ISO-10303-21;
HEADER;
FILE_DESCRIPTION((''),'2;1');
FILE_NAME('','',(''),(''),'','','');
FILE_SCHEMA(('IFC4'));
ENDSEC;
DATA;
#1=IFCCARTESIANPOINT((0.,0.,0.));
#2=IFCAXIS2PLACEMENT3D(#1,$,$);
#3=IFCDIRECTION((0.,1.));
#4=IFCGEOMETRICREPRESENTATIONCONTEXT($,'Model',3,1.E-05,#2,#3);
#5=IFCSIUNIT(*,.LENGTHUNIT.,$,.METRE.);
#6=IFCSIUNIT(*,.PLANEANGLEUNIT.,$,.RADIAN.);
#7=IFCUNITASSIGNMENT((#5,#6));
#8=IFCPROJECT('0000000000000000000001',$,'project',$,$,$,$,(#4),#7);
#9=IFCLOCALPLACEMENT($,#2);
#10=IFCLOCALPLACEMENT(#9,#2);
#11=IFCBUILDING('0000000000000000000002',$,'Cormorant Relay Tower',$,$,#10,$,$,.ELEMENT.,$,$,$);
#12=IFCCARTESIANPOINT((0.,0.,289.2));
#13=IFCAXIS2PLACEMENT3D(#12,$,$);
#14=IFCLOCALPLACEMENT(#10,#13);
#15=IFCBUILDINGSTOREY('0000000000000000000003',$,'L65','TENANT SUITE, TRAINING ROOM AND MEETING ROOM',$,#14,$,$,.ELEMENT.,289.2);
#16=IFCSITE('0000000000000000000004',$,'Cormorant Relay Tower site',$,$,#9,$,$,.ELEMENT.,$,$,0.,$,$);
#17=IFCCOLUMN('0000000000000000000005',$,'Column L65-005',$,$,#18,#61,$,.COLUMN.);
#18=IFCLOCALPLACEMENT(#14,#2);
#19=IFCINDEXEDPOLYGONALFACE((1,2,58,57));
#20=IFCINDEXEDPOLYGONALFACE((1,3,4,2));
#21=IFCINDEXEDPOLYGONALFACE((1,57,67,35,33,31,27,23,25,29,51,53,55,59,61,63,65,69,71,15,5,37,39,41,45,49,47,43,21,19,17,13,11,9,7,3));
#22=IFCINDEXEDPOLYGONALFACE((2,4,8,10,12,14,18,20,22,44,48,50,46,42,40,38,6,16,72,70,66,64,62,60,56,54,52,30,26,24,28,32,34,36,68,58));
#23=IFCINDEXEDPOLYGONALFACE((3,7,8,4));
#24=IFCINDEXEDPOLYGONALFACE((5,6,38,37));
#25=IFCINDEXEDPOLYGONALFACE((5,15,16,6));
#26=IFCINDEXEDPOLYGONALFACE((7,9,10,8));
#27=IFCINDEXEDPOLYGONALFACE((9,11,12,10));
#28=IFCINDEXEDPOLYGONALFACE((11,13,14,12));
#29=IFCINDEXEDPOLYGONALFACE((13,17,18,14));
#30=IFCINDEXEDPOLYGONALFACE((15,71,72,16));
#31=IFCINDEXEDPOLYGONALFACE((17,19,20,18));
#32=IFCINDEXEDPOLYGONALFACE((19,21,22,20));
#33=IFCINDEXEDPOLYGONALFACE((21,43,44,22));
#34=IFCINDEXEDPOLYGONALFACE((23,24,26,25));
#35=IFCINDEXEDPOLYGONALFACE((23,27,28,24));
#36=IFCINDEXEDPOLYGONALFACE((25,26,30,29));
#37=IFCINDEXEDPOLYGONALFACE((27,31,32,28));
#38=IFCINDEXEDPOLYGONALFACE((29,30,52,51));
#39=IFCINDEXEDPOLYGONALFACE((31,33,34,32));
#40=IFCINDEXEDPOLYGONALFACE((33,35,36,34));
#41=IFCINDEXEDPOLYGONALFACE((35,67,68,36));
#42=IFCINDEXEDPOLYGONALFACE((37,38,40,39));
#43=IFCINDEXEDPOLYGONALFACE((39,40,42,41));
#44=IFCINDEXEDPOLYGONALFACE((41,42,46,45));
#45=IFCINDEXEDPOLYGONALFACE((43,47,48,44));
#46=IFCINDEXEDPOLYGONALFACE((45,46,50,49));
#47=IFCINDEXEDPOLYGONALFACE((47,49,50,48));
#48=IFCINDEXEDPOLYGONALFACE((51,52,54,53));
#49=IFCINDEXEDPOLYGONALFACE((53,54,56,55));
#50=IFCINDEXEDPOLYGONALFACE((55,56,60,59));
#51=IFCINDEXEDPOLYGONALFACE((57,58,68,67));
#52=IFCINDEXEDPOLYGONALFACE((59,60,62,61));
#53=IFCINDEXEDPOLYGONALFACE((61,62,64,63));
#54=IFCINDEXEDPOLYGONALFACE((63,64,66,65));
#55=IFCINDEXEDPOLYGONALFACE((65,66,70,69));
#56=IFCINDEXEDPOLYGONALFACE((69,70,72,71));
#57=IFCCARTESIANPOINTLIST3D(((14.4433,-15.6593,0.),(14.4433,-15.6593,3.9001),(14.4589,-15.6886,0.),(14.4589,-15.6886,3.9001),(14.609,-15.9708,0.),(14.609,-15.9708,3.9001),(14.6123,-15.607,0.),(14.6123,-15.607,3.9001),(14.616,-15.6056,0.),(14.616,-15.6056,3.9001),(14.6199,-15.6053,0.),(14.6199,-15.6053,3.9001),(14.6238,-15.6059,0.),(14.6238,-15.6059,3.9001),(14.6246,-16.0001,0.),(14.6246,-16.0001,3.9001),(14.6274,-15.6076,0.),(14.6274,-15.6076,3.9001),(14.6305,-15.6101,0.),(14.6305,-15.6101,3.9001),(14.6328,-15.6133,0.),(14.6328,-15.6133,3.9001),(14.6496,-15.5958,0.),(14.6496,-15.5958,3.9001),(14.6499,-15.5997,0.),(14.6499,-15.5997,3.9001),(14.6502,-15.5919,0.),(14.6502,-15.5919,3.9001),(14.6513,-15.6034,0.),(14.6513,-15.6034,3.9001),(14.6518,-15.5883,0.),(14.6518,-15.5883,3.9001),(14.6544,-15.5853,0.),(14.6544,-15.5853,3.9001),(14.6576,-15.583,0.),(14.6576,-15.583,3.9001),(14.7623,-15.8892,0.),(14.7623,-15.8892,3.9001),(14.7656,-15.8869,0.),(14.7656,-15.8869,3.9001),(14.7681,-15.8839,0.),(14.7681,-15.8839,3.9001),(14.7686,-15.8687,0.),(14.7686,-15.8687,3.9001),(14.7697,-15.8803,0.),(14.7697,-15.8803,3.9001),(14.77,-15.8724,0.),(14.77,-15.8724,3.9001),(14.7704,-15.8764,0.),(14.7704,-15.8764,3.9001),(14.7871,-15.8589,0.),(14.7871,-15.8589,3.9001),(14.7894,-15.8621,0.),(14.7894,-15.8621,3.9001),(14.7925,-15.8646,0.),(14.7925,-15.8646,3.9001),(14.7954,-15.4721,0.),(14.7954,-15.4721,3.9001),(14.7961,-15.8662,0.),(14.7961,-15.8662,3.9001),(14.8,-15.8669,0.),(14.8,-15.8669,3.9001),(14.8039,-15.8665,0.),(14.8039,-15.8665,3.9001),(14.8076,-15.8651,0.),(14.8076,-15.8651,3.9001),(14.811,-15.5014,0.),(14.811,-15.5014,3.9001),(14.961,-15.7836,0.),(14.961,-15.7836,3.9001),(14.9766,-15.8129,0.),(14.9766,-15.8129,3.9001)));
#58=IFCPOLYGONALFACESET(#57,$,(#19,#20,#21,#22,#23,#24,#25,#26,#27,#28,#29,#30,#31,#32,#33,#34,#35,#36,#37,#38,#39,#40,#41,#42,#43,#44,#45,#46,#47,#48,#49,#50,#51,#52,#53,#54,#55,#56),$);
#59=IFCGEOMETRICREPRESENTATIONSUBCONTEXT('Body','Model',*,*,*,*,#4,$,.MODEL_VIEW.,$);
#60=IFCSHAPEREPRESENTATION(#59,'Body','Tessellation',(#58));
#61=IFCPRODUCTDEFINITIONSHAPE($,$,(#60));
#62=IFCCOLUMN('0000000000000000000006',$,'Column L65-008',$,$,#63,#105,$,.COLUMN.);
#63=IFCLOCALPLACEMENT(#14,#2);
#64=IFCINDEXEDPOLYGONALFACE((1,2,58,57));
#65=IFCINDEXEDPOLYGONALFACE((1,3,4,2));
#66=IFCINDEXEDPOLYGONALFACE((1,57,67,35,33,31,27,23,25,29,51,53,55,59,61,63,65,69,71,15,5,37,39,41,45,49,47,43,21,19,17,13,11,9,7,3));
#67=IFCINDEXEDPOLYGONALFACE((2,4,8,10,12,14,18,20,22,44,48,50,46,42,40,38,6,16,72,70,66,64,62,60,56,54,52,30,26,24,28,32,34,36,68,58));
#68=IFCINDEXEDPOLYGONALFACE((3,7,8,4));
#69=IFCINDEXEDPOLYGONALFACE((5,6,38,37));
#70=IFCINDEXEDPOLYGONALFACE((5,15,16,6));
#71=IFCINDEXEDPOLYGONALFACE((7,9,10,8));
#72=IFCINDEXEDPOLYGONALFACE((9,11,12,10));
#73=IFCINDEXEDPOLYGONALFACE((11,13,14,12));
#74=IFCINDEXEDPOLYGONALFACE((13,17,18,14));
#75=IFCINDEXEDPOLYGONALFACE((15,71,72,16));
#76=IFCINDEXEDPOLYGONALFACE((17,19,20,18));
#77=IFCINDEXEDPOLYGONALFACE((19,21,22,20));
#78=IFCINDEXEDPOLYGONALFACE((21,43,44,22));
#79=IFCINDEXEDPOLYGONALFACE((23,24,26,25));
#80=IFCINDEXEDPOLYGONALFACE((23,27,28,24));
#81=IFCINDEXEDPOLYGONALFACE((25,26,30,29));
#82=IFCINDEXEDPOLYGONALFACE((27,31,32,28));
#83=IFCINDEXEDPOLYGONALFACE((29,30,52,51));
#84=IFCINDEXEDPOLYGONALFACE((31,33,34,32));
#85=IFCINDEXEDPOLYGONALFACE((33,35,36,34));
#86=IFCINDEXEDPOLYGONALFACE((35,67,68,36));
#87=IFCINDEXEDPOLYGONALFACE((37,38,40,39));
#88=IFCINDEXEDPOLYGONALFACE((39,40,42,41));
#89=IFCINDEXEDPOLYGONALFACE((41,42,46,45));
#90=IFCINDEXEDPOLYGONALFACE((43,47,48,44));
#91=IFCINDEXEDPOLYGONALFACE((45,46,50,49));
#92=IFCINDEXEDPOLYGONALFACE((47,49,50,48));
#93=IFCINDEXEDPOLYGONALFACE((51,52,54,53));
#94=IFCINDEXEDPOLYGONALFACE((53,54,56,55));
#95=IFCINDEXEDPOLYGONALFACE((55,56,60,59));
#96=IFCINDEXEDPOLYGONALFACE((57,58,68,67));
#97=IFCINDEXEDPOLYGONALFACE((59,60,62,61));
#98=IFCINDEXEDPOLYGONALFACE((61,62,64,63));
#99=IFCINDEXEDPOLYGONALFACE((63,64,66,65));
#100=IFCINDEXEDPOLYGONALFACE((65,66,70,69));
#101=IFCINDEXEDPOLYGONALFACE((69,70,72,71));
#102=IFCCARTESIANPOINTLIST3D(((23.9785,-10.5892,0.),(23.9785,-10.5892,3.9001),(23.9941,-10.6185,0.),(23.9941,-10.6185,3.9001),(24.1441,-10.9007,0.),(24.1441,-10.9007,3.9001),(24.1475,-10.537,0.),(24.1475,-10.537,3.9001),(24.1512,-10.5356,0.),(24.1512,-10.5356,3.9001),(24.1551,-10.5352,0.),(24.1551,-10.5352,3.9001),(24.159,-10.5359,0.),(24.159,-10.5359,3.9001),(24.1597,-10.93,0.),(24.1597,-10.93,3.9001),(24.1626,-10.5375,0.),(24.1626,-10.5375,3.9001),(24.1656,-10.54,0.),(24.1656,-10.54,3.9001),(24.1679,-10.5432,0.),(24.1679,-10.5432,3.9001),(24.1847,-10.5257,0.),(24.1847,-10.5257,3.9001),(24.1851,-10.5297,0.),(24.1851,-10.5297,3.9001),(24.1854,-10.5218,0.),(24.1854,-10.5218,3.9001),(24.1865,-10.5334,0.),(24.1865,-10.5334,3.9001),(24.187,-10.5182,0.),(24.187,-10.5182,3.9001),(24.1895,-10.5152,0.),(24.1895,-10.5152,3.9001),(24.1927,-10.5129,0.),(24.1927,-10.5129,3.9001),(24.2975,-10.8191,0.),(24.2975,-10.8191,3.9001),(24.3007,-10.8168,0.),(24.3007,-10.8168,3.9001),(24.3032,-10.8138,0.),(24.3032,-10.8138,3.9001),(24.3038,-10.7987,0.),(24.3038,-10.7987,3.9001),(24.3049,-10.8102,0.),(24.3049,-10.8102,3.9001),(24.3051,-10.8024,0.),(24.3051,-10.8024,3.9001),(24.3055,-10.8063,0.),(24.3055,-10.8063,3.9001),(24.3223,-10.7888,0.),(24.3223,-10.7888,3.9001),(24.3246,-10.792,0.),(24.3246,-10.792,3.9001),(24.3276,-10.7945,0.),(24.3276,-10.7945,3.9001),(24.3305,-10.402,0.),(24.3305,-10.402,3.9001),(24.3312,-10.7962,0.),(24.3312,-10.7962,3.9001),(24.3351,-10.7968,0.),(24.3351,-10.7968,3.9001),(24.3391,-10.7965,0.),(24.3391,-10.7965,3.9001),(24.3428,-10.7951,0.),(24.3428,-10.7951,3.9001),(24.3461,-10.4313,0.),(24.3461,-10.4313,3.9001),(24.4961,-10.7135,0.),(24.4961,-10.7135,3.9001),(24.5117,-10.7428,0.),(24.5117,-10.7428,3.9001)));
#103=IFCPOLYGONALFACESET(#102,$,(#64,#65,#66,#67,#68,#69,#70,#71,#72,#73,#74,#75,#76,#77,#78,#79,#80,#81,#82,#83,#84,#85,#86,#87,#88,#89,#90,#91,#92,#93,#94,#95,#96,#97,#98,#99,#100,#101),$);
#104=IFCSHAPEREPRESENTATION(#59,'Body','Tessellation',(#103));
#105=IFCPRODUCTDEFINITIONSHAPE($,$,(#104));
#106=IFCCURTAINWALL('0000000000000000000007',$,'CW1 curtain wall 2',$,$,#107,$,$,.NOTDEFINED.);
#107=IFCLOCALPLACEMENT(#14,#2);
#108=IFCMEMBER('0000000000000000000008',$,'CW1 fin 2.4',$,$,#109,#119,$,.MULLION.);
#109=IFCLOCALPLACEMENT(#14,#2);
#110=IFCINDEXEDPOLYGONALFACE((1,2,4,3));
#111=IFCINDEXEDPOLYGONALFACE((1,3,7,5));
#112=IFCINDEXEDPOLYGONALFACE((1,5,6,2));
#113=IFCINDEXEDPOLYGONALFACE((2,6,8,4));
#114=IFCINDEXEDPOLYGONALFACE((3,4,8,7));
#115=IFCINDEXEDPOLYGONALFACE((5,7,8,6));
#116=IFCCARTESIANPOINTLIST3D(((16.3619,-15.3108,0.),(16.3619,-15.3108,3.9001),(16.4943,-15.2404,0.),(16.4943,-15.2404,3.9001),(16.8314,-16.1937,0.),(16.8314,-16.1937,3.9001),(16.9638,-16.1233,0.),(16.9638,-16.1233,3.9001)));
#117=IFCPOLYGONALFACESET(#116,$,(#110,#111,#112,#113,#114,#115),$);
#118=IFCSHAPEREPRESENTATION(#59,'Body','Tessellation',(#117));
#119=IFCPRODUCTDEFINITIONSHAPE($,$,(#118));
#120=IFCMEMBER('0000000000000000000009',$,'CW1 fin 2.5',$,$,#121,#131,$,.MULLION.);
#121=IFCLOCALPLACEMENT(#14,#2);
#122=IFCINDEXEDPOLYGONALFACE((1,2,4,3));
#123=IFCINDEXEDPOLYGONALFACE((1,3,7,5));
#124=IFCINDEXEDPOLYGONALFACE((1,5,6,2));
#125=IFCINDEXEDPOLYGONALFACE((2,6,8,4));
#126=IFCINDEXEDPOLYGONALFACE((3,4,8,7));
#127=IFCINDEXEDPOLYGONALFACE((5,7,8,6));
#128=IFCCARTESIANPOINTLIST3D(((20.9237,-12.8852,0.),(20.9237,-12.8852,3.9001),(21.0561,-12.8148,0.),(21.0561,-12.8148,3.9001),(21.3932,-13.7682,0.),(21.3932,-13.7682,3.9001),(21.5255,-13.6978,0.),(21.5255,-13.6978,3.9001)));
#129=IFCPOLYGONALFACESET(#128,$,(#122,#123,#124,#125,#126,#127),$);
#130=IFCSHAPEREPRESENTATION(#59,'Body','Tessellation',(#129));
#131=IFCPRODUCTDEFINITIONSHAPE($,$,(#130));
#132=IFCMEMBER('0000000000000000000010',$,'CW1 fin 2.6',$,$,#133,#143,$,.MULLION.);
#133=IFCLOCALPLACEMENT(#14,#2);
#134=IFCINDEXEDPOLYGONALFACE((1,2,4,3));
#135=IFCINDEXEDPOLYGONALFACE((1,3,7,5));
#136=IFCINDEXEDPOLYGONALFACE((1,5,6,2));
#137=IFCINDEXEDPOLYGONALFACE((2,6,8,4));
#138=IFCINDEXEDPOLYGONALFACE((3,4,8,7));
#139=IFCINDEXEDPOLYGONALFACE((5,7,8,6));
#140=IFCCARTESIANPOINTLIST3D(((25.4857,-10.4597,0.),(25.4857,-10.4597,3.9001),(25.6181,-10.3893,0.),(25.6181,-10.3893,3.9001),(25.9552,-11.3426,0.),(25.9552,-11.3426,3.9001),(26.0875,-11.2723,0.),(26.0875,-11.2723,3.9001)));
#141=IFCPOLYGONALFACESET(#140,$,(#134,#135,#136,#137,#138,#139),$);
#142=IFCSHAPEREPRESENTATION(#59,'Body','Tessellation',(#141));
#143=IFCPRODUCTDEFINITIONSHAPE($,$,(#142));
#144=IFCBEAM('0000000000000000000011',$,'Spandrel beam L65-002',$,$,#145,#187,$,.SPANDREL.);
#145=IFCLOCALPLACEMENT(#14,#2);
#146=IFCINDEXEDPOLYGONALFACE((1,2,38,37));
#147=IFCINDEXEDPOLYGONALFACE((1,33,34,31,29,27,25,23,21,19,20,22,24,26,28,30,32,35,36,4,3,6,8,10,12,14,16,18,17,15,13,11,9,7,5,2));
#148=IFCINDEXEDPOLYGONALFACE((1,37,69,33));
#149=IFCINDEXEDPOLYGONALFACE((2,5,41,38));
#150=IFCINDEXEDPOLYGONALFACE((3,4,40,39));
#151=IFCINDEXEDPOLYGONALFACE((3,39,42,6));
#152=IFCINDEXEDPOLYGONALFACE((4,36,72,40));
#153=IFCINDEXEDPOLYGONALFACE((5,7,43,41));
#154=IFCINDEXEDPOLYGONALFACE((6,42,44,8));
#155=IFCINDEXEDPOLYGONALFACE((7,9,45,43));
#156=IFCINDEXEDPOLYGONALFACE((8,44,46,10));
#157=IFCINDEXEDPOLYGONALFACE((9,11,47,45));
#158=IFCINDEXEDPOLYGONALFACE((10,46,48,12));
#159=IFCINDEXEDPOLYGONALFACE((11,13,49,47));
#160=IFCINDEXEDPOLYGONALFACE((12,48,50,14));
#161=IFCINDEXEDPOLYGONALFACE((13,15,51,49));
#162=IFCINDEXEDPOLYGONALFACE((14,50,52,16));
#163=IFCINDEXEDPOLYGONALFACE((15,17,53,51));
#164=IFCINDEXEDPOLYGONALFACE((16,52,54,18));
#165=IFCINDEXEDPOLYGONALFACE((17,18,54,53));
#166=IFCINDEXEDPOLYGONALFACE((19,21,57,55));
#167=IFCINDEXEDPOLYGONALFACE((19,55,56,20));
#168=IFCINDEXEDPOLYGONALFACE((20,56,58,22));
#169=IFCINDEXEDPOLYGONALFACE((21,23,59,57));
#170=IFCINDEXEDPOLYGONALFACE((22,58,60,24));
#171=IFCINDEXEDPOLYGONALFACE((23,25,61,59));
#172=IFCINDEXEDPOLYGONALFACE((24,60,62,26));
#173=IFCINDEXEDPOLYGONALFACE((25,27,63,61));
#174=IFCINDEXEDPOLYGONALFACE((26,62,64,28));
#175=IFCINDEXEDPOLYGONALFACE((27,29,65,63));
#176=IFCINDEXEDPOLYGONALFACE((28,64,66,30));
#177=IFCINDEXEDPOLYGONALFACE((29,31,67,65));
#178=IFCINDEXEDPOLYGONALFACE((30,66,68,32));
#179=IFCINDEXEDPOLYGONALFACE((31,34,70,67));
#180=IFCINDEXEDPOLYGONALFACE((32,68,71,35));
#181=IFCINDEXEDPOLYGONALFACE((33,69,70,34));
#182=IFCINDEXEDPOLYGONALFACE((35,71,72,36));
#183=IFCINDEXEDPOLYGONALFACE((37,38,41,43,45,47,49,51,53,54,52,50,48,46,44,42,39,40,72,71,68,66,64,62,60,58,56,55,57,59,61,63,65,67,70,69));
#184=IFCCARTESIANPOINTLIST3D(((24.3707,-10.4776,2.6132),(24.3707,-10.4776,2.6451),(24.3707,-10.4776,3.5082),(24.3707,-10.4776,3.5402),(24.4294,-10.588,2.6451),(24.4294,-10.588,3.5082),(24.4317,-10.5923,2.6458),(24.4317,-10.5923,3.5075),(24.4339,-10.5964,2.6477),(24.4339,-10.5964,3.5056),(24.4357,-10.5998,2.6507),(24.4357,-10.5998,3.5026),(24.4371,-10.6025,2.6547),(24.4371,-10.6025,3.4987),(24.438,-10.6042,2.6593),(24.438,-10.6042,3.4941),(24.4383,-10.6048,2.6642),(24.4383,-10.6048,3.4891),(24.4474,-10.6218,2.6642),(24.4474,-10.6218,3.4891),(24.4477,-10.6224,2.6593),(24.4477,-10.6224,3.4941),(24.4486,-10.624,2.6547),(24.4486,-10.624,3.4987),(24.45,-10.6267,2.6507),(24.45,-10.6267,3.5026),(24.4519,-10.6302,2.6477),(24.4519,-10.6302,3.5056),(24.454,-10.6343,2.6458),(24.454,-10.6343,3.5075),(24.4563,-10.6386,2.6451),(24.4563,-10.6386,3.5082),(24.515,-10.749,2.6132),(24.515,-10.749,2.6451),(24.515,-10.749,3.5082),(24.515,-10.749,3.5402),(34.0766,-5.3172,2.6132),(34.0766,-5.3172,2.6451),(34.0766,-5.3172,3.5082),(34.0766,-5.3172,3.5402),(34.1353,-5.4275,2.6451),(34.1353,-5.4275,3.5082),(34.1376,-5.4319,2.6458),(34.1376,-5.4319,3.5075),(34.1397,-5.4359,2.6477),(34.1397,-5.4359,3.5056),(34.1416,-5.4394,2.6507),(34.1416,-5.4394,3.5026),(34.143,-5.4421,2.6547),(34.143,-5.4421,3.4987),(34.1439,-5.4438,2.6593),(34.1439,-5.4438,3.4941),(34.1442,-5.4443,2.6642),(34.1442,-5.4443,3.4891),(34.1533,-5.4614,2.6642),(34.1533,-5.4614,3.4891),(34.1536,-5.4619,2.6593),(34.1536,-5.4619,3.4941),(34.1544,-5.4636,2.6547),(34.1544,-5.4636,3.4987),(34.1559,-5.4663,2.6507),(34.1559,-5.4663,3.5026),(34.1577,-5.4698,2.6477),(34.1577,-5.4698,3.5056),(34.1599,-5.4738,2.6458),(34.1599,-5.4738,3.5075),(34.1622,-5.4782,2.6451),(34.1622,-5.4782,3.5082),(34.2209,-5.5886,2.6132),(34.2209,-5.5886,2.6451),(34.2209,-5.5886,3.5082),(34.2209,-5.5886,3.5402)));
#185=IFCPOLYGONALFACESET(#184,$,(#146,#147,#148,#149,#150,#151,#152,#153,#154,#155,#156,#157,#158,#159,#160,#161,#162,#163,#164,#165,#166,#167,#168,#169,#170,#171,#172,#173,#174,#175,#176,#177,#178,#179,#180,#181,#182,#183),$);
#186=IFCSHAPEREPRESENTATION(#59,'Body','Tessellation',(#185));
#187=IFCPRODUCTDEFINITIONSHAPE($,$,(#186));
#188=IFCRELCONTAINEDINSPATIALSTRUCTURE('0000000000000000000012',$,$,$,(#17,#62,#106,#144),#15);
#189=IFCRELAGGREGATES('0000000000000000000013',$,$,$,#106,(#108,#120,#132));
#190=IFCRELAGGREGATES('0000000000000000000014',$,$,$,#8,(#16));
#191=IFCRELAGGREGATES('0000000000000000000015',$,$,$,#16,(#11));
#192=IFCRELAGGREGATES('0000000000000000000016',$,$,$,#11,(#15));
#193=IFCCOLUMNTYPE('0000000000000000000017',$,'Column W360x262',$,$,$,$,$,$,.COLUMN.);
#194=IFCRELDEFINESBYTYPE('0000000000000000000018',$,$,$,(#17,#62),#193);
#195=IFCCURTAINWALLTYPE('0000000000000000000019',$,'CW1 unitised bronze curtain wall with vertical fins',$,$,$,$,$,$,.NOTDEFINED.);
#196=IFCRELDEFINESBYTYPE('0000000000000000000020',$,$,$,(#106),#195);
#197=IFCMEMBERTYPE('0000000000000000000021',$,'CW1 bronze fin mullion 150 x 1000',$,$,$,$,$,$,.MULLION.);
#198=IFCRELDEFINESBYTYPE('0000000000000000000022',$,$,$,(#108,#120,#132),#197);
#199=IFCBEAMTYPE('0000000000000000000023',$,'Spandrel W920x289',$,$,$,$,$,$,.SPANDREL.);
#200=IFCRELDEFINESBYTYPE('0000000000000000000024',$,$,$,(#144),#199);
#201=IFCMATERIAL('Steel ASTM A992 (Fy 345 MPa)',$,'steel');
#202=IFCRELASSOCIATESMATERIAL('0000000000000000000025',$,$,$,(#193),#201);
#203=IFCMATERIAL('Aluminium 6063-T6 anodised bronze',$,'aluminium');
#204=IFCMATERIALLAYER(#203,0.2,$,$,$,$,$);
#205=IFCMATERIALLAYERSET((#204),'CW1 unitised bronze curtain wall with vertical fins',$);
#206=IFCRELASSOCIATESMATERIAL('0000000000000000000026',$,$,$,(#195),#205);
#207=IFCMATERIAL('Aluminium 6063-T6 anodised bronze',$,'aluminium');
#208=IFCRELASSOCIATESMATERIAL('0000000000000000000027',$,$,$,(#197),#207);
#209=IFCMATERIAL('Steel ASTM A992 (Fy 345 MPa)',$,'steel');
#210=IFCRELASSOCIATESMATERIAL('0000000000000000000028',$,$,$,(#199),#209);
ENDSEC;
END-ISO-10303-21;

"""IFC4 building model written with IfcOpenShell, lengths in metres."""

from ifc_helpers import new_model, si_unit, direction, frame, origin, origin_2d, place, context, subcontext, project, spatial, rectangle, i_section, extrude, material, layer, layer_set, material_profile, profile_set, type_object, element, aggregate, save


model = new_model("IFC4")

# Units and contexts
model_context = context("Model", 3, precision=1e-05, world=origin(), true_north=direction((0.0, 1.0)))
body_context = subcontext(model_context, "Body", "Model", "MODEL_VIEW")
ifc_project = project(units=[si_unit("LENGTHUNIT", "METRE"), si_unit("PLANEANGLEUNIT", "RADIAN")], contexts=[model_context])

# Site, building, storey
site_placement = place(None, origin())
site = spatial("IfcSite", under=ifc_project, at=site_placement, Name="Cormorant Relay Tower site", CompositionType="ELEMENT", RefElevation=0.0)
building_placement = place(site_placement, origin())
building = spatial("IfcBuilding", under=site, at=building_placement, Name="Cormorant Relay Tower", CompositionType="ELEMENT")
storey_placement = place(building_placement, frame((0.0, 0.0, 289.2)))
storey = spatial("IfcBuildingStorey", under=building, at=storey_placement, Name="L65", Description="TENANT SUITE, TRAINING ROOM AND MEETING ROOM", CompositionType="ELEMENT", Elevation=289.2)

# Columns
ifc_material_1 = material(Name="Steel ASTM A992 (Fy 345 MPa)", Category="steel")
ifc_material_profile_1 = material_profile(ifc_material_1, i_section(OverallWidth=0.3987, OverallDepth=0.386, WebThickness=0.021, FlangeThickness=0.0332, FilletRadius=0.0151, at=origin_2d()), Name="W360x262")
ifc_profile_set_1 = profile_set([ifc_material_profile_1], Name="Steel ASTM A992 (Fy 345 MPa)")
column_type = type_object("IfcColumnType", Name="Column W360x262", PredefinedType="COLUMN", material=ifc_profile_set_1)
for number, where, z_axis, x_axis, name in (
    (1, (14.71, -15.7361, 0.0), (0.0, 0.0, 1.0), (0.882948, 0.469472, 0.0), "Column L65-005"),
    (2, (24.2451, -10.666, 0.0), (0.0, 0.0, 1.0), (0.882948, 0.469472, 0.0), "Column L65-008"),
):
    element("IfcColumn", number, at=place(storey_placement, frame(where, z_axis=z_axis, x_axis=x_axis)), inside=storey, type_object=column_type, Name=name, PredefinedType="COLUMN", context=body_context, shape_type="SweptSolid", body=[
        extrude(i_section(OverallWidth=0.3987, OverallDepth=0.386, WebThickness=0.021, FlangeThickness=0.0332, FilletRadius=0.0151, at=origin_2d()), origin(), (0.0, 0.0, 1.0), 3.9001),
    ])

# Curtain wall, members
ifc_material_2 = material(Name="Aluminium 6063-T6 anodised bronze", Category="aluminium")
ifc_layer_1 = layer(ifc_material_2, 0.2)
ifc_layer_set_1 = layer_set([ifc_layer_1], Name="CW1 unitised bronze curtain wall with vertical fins")
curtain_wall_type = type_object("IfcCurtainWallType", Name="CW1 unitised bronze curtain wall with vertical fins", PredefinedType="NOTDEFINED", material=ifc_layer_set_1)
curtain_wall_placement = place(storey_placement, origin())
curtain_wall = element("IfcCurtainWall", 3, at=curtain_wall_placement, inside=storey, type_object=curtain_wall_type, Name="CW1 curtain wall 2", PredefinedType="NOTDEFINED")
ifc_material_3 = material(Name="Aluminium 6063-T6 anodised bronze", Category="aluminium")
ifc_material_profile_2 = material_profile(ifc_material_3, rectangle(XDim=0.1499, YDim=1.0, at=origin_2d()), Name="AL 150x1000")
ifc_profile_set_2 = profile_set([ifc_material_profile_2], Name="Aluminium 6063-T6 anodised bronze")
member_type = type_object("IfcMemberType", Name="CW1 bronze fin mullion 150 x 1000", PredefinedType="MULLION", material=ifc_profile_set_2)
member_1_placement = place(storey_placement, frame((16.6628, -15.717, 0.0), z_axis=(0.0, 0.0, 1.0), x_axis=(0.882948, 0.469472, 0.0)))
member_1 = element("IfcMember", 4, at=member_1_placement, type_object=member_type, Name="CW1 fin 2.4", PredefinedType="MULLION", context=body_context, shape_type="SweptSolid", body=[
    extrude(rectangle(XDim=0.1499, YDim=1.0, at=origin_2d()), origin(), (0.0, 0.0, 1.0), 3.9001),
])
member_2_placement = place(storey_placement, frame((21.2246, -13.2915, 0.0), z_axis=(0.0, 0.0, 1.0), x_axis=(0.882948, 0.469472, 0.0)))
member_2 = element("IfcMember", 5, at=member_2_placement, type_object=member_type, Name="CW1 fin 2.5", PredefinedType="MULLION", context=body_context, shape_type="SweptSolid", body=[
    extrude(rectangle(XDim=0.1499, YDim=1.0, at=origin_2d()), origin(), (0.0, 0.0, 1.0), 3.9001),
])
member_3_placement = place(storey_placement, frame((25.7866, -10.866, 0.0), z_axis=(0.0, 0.0, 1.0), x_axis=(0.882948, 0.469472, 0.0)))
member_3 = element("IfcMember", 6, at=member_3_placement, type_object=member_type, Name="CW1 fin 2.6", PredefinedType="MULLION", context=body_context, shape_type="SweptSolid", body=[
    extrude(rectangle(XDim=0.1499, YDim=1.0, at=origin_2d()), origin(), (0.0, 0.0, 1.0), 3.9001),
])

# Beam
ifc_material_4 = material(Name="Steel ASTM A992 (Fy 345 MPa)", Category="steel")
ifc_material_profile_3 = material_profile(ifc_material_4, i_section(OverallWidth=0.3074, OverallDepth=0.927, WebThickness=0.0193, FlangeThickness=0.032, FilletRadius=0.019, at=origin_2d()), Name="W920x289")
ifc_profile_set_3 = profile_set([ifc_material_profile_3], Name="Steel ASTM A992 (Fy 345 MPa)")
beam_type_1 = type_object("IfcBeamType", Name="Spandrel W920x289", PredefinedType="SPANDREL", material=ifc_profile_set_3)
beam_1_placement = place(storey_placement, frame((24.4429, -10.6133, 3.0767), z_axis=(0.882958, 0.469452, 0.0), x_axis=(-0.469452, 0.882958, 0.0)))
element("IfcBeam", 7, at=beam_1_placement, inside=storey, type_object=beam_type_1, Name="Spandrel beam L65-002", PredefinedType="SPANDREL", context=body_context, shape_type="SweptSolid", body=[
    extrude(i_section(OverallWidth=0.3074, OverallDepth=0.927, WebThickness=0.0193, FlangeThickness=0.032, FilletRadius=0.019, at=origin_2d()), origin(), (0.0, 0.0, 1.0), 10.9924),
])

aggregate(curtain_wall, [member_1, member_2, member_3])

save(model, "model.ifc")
